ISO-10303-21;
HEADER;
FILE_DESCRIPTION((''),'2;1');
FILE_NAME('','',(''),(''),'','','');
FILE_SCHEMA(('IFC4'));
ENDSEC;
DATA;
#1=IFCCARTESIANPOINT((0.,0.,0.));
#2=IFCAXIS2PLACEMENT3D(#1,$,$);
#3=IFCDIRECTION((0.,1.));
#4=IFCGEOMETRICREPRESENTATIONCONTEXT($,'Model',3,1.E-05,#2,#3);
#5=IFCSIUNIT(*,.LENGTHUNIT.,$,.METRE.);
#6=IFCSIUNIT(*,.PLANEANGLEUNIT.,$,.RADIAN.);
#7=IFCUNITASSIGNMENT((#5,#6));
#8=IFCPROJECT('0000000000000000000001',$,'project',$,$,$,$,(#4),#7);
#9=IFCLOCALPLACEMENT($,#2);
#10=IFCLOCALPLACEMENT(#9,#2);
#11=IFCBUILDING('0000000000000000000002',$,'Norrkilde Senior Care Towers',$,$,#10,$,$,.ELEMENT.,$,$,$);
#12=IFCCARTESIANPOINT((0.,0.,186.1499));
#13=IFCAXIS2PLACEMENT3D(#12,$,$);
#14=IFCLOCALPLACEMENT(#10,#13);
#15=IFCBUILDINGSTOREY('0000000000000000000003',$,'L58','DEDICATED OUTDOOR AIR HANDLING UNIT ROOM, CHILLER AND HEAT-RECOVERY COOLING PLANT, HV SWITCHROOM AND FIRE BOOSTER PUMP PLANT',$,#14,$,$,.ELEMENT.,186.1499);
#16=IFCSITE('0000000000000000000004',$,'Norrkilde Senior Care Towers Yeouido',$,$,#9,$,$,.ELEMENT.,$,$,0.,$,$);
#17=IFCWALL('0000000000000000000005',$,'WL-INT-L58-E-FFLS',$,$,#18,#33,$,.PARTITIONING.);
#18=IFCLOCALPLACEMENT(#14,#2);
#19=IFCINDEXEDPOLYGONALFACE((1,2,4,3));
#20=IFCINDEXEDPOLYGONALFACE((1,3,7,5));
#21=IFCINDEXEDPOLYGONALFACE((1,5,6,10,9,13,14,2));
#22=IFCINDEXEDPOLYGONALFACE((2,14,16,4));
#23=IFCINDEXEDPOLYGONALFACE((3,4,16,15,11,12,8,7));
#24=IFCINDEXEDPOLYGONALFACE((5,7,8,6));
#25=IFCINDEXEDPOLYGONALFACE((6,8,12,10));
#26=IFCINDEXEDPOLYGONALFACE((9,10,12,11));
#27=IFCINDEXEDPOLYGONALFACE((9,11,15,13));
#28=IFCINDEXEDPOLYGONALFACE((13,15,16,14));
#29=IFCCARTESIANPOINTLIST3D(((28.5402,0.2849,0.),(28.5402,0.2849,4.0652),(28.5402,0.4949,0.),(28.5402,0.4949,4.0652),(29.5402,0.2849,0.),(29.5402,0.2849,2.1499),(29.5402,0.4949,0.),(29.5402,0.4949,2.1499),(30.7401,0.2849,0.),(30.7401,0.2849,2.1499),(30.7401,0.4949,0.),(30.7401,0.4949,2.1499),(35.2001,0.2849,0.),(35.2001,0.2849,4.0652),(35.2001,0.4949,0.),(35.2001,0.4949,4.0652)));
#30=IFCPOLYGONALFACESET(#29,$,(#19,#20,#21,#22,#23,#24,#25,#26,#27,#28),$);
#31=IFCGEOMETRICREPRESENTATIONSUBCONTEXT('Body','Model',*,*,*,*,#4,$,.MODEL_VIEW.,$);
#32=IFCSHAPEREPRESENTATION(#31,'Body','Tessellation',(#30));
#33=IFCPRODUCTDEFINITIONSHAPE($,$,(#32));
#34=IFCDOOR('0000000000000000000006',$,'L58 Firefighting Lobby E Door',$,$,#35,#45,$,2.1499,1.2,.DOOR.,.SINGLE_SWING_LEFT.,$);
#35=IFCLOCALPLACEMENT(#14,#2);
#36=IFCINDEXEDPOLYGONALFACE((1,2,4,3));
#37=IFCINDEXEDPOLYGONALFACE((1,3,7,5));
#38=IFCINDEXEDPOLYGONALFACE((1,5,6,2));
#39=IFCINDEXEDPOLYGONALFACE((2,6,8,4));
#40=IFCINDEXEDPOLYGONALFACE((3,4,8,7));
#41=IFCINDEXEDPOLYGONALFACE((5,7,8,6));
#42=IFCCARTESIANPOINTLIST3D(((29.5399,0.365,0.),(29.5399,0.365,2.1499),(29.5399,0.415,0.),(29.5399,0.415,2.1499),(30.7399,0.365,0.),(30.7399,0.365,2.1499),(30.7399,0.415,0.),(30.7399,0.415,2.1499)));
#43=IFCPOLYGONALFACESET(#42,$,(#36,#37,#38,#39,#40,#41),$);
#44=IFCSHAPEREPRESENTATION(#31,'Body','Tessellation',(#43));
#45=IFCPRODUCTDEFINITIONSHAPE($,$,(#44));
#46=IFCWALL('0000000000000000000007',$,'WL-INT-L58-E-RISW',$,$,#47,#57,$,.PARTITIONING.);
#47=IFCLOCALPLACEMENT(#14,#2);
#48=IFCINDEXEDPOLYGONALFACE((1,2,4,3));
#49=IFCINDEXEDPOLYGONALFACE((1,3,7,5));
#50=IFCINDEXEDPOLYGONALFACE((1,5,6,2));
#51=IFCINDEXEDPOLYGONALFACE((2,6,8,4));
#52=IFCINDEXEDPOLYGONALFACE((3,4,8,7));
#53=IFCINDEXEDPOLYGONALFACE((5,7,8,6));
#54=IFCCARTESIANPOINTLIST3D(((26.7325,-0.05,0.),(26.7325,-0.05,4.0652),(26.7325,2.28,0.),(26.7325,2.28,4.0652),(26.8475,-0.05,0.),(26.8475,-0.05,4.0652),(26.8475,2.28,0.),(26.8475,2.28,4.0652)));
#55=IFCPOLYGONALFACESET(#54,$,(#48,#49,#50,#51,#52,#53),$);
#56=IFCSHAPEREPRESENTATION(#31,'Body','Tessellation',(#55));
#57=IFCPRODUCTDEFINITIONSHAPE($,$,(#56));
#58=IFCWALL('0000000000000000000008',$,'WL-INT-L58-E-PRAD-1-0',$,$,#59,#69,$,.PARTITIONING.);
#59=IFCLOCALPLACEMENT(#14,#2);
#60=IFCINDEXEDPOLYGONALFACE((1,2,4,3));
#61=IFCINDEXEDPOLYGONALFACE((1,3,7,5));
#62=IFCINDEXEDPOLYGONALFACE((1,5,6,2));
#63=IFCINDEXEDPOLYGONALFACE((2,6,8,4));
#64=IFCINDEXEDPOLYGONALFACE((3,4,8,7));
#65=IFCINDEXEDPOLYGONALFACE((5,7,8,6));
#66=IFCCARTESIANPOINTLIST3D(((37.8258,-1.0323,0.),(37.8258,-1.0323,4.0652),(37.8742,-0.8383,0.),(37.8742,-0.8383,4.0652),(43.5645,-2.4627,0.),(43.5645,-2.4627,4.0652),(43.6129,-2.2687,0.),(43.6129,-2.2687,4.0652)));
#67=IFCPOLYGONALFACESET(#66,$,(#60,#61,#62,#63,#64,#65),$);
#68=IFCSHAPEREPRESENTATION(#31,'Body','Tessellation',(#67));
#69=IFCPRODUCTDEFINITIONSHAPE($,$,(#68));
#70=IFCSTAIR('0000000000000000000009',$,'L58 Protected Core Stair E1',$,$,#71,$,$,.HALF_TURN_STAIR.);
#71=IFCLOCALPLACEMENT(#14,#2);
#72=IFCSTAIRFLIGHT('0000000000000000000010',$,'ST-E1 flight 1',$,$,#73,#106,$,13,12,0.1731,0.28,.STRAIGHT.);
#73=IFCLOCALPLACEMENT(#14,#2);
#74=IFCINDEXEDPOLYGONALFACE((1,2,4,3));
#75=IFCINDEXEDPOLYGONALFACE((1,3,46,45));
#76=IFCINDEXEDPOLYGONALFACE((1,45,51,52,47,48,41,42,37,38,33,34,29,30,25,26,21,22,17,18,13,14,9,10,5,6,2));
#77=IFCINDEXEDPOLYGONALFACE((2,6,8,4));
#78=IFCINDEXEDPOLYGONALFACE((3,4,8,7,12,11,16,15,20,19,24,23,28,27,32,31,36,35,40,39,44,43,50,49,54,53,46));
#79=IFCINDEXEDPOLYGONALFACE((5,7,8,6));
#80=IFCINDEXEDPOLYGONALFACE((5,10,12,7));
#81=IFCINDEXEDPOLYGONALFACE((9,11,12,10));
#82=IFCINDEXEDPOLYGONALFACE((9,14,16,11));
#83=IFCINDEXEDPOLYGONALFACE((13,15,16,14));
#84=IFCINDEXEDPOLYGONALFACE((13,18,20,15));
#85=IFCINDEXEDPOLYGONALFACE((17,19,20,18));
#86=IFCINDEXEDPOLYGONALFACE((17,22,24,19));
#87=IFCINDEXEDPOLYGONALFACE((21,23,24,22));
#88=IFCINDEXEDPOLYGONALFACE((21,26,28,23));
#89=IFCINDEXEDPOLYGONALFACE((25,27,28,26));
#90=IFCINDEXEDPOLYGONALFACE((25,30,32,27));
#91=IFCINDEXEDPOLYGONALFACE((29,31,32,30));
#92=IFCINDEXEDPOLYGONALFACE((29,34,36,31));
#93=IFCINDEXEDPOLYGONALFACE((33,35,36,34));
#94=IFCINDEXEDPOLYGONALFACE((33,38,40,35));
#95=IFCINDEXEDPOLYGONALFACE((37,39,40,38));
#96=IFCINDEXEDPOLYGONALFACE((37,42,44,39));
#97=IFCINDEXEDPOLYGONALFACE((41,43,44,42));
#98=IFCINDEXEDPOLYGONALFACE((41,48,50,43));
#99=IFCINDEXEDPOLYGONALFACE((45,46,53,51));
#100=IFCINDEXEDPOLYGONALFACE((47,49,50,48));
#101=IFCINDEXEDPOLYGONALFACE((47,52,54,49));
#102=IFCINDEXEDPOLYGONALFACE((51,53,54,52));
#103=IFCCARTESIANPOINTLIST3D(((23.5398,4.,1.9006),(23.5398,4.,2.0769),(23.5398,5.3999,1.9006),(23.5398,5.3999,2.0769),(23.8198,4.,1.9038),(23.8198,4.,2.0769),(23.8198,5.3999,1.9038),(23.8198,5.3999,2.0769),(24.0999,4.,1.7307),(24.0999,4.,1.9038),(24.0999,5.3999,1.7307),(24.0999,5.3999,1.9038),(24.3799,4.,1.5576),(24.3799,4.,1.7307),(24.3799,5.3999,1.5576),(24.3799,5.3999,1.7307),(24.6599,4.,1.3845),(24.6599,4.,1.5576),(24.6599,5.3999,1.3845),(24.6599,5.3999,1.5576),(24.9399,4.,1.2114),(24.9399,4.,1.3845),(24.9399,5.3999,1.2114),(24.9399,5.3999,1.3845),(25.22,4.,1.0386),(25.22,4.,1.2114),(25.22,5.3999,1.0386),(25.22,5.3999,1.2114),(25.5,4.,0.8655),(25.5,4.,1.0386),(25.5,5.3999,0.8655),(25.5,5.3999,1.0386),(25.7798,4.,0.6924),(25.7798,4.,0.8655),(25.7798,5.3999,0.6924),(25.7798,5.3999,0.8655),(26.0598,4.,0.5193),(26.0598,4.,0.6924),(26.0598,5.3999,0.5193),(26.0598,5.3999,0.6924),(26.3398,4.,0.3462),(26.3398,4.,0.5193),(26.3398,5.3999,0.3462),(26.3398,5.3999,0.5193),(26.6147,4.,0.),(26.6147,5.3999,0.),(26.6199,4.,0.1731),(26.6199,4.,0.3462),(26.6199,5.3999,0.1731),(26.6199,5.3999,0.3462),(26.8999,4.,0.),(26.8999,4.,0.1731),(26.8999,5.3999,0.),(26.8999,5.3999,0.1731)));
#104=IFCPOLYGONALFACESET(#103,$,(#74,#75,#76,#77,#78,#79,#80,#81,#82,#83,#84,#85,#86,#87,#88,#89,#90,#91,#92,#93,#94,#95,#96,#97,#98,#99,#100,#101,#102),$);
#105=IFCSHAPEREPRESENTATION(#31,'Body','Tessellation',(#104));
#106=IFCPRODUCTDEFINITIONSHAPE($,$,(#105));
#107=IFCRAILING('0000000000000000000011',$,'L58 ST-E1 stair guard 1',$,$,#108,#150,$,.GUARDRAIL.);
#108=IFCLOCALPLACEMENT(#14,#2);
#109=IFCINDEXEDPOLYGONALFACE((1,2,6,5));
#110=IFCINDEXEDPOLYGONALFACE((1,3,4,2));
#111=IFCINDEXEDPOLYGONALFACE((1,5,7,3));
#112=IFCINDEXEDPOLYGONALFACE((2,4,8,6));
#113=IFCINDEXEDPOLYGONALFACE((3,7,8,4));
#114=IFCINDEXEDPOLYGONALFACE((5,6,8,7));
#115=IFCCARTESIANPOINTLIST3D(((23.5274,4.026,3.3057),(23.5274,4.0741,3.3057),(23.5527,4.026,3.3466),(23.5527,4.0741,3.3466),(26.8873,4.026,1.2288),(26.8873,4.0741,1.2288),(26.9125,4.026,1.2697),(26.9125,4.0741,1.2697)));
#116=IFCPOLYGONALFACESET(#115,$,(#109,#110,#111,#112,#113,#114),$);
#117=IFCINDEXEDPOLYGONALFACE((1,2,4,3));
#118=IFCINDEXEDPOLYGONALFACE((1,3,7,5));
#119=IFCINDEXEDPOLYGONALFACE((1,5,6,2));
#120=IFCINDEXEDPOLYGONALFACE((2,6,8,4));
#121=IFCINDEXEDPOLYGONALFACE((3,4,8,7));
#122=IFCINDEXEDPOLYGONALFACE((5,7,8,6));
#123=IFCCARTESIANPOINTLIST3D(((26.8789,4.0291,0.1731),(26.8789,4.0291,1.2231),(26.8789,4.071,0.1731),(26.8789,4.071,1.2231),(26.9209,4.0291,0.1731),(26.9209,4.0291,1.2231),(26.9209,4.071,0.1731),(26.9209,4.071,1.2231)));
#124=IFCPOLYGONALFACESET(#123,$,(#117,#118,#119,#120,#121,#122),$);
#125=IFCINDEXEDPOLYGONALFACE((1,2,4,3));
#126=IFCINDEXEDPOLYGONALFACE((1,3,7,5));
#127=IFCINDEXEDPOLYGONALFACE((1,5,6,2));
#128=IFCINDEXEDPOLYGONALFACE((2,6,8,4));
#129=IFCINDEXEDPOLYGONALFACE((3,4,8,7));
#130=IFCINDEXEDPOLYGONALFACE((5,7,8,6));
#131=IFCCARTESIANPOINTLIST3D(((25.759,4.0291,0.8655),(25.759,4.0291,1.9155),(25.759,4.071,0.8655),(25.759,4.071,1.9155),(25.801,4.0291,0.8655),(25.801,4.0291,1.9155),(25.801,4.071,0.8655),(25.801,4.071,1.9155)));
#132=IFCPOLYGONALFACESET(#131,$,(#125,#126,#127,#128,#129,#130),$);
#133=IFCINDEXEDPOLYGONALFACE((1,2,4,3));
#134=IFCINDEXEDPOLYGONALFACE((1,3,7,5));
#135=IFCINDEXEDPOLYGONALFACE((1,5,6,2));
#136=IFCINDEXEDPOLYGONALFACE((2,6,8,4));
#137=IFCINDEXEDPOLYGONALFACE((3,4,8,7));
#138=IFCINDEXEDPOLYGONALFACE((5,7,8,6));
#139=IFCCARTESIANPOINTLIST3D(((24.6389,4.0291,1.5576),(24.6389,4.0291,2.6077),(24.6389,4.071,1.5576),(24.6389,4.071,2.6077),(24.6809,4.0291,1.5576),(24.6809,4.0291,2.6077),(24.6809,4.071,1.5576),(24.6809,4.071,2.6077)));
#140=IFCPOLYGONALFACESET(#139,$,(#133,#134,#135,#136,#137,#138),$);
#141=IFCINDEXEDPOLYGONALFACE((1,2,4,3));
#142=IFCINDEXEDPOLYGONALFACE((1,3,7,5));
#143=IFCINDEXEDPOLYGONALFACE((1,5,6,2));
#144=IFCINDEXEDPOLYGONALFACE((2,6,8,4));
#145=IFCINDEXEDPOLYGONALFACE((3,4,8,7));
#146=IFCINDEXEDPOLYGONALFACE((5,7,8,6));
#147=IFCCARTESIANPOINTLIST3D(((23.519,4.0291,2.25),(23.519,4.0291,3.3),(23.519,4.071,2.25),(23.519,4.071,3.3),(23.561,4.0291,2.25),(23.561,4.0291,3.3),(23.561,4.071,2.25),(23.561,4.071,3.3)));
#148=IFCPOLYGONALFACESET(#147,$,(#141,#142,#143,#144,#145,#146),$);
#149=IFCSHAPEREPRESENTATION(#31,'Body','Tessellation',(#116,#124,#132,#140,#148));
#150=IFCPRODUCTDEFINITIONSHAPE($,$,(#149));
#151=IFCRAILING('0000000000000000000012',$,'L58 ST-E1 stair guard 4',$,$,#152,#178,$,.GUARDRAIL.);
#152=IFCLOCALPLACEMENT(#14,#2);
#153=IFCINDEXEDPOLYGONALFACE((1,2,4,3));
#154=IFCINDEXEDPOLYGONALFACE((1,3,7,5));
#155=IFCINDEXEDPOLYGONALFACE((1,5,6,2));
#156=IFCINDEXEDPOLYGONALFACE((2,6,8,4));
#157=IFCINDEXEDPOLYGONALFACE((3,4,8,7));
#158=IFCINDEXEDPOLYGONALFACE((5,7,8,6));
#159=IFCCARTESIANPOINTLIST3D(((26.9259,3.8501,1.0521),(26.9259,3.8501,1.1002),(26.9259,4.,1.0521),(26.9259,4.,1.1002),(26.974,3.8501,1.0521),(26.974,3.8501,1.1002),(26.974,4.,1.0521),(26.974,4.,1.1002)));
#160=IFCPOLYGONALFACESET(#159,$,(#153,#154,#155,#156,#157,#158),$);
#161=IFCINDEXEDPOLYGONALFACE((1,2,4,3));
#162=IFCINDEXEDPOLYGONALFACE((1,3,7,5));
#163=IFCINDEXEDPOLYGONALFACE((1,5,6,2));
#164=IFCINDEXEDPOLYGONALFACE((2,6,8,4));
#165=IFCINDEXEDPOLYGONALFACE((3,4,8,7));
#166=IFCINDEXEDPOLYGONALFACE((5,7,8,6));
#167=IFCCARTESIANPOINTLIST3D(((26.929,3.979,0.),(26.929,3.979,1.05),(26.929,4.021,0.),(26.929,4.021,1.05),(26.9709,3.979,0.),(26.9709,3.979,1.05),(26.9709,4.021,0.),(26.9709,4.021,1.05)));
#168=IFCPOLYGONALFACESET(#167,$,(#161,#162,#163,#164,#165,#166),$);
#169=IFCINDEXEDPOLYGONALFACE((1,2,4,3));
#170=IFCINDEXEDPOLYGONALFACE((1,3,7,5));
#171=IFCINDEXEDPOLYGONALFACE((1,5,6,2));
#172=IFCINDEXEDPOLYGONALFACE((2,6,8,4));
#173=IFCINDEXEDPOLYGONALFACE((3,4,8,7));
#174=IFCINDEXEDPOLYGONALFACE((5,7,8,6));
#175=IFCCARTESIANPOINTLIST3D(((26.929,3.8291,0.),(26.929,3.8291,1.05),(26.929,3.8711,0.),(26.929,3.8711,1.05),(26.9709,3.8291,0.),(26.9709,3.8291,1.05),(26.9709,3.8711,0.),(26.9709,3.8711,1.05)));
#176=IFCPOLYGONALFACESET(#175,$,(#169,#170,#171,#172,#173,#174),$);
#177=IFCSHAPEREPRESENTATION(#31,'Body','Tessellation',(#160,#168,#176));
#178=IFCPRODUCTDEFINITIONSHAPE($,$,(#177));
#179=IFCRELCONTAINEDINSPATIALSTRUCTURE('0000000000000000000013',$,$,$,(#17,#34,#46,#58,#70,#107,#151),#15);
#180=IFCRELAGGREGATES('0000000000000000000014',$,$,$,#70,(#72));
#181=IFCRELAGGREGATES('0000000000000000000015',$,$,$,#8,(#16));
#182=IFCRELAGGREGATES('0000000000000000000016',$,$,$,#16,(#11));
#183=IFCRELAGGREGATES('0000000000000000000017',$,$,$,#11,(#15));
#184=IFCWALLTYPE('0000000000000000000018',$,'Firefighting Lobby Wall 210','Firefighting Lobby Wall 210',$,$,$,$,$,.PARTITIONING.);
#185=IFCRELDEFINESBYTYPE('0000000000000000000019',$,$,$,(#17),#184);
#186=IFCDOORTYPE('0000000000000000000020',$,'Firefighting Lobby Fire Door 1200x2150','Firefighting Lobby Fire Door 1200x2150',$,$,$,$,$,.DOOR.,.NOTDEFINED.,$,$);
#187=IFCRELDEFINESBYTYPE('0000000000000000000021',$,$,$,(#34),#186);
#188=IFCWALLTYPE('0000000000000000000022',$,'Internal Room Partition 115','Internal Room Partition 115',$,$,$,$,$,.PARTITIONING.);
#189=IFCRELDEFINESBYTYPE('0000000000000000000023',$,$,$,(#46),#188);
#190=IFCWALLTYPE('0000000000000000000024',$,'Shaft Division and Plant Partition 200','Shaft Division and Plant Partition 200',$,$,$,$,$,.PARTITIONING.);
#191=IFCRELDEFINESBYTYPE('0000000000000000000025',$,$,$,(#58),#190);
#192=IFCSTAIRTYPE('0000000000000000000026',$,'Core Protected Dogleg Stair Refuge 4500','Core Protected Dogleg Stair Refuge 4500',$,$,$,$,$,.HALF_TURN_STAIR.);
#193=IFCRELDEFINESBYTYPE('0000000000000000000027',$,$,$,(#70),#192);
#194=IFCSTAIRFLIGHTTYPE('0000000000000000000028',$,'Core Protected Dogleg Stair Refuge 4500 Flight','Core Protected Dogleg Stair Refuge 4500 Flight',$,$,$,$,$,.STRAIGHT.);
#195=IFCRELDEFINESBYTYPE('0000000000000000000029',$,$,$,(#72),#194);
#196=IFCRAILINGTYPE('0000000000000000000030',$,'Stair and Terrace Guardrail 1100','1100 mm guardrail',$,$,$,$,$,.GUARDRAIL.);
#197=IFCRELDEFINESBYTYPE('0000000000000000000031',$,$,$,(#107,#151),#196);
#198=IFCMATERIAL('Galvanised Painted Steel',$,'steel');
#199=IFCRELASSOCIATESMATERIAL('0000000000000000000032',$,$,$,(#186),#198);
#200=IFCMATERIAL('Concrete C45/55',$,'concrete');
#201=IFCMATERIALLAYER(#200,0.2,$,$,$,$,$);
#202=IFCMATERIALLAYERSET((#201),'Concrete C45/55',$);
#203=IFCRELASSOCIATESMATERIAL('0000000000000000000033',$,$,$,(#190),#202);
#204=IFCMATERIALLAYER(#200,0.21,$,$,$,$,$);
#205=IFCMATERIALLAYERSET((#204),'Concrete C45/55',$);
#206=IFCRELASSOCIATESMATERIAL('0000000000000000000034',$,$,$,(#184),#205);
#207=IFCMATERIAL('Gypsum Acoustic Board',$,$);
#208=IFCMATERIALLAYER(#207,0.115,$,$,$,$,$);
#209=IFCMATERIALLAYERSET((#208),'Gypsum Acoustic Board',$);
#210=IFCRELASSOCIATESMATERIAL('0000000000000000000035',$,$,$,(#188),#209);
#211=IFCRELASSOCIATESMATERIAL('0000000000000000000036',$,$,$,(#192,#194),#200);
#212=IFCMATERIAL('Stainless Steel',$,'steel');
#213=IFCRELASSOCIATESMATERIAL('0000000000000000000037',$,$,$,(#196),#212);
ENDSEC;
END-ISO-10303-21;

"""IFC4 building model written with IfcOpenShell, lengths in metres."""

from ifc_helpers import new_model, si_unit, direction, frame, frame_2d, origin, origin_2d, place, context, subcontext, project, spatial, polyline, rectangle, outline, extrude, source, transform, mapped, material, layer, layer_set, type_object, type_shapes, element, fill, aggregate, save


model = new_model("IFC4")

# Units and contexts
model_context = context("Model", 3, precision=1e-05, world=origin(), true_north=direction((0.0, 1.0)))
body_context = subcontext(model_context, "Body", "Model", "MODEL_VIEW")
ifc_project = project(units=[si_unit("LENGTHUNIT", "METRE"), si_unit("PLANEANGLEUNIT", "RADIAN")], contexts=[model_context])

# Site, building, storey
site_placement = place(None, origin())
site = spatial("IfcSite", under=ifc_project, at=site_placement, Name="Norrkilde Senior Care Towers Yeouido", CompositionType="ELEMENT", RefElevation=0.0)
building_placement = place(site_placement, origin())
building = spatial("IfcBuilding", under=site, at=building_placement, Name="Norrkilde Senior Care Towers", CompositionType="ELEMENT")
storey_placement = place(building_placement, frame((0.0, 0.0, 186.1499)))
storey = spatial("IfcBuildingStorey", under=building, at=storey_placement, Name="L58", Description="DEDICATED OUTDOOR AIR HANDLING UNIT ROOM, CHILLER AND HEAT-RECOVERY COOLING PLANT, HV SWITCHROOM AND FIRE BOOSTER PUMP PLANT", CompositionType="ELEMENT", Elevation=186.1499)

# Shared definitions
ifc_material_1 = material(Name="Galvanised Painted Steel", Category="steel")
door_type_1 = type_object("IfcDoorType", Name="Firefighting Lobby Fire Door 1200x2150", Description="Firefighting Lobby Fire Door 1200x2150", OperationType="NOTDEFINED", PredefinedType="DOOR", material=ifc_material_1)
shared_shape_1 = source(origin(), body_context, "Body", "SweptSolid", [
    extrude(rectangle(XDim=1.2, YDim=2.1499, at=frame_2d((0.6001, 1.075))), frame((0.0, 0.0249, 0.0), z_axis=(0.0, -1.0, 0.0), x_axis=(1.0, 0.0, 0.0)), (0.0, 0.0, 1.0), 0.05),
])
type_shapes(door_type_1, [shared_shape_1])

# Shared definitions
ifc_material_2 = material(Name="Concrete C45/55", Category="concrete")

# Shared definitions
ifc_material_3 = material(Name="Stainless Steel", Category="steel")

# Shared definitions
ifc_layer_1 = layer(ifc_material_2, 0.2)
ifc_layer_set_1 = layer_set([ifc_layer_1], Name="Concrete C45/55")
wall_type_1 = type_object("IfcWallType", Name="Shaft Division and Plant Partition 200", Description="Shaft Division and Plant Partition 200", PredefinedType="PARTITIONING", material=ifc_layer_set_1)

# Wall, opening, door
ifc_layer_2 = layer(ifc_material_2, 0.21)
ifc_layer_set_2 = layer_set([ifc_layer_2], Name="Concrete C45/55")
wall_type_2 = type_object("IfcWallType", Name="Firefighting Lobby Wall 210", Description="Firefighting Lobby Wall 210", PredefinedType="PARTITIONING", material=ifc_layer_set_2)
shared_shape_2 = source(origin(), body_context, "Body", "SweptSolid", [
    extrude(rectangle(XDim=6.6599, YDim=0.21, at=frame_2d((3.3301, 0.0))), origin(), (0.0, 0.0, 1.0), 4.0652),
])
type_shapes(wall_type_2, [shared_shape_2])
wall_1_placement = place(storey_placement, frame((28.54, 0.3899, 0.0), z_axis=(0.0, 0.0, 1.0), x_axis=(1.0, 0.0, 0.0)))
wall_1 = element("IfcWall", 1, at=wall_1_placement, inside=storey, type_object=wall_type_2, Name="WL-INT-L58-E-FFLS", PredefinedType="PARTITIONING", context=body_context, shape_type="MappedRepresentation", body=[
    mapped(shared_shape_2, transform((0.0, 0.0, 0.0), x_axis=(1.0, 0.0, 0.0), y_axis=(0.0, 1.0, 0.0), z_axis=(0.0, 0.0, 1.0), scale=1.0)),
])
opening_1_placement = place(wall_1_placement, frame((1.0, 0.0, 0.0)))
opening_1 = element("IfcOpeningElement", 2, at=opening_1_placement, cuts=wall_1, PredefinedType="OPENING", context=body_context, shape_type="SweptSolid", body=[
    extrude(rectangle(XDim=1.2, YDim=2.1499, at=frame_2d((0.6001, 1.075))), frame((0.0, 0.115, 0.0), z_axis=(0.0, -1.0, 0.0), x_axis=(1.0, 0.0, 0.0)), (0.0, 0.0, 1.0), 0.23),
])
door_1_placement = place(opening_1_placement, frame((1.2, 0.0, 0.0), z_axis=(0.0, 0.0, 1.0), x_axis=(-1.0, 0.0, 0.0)))
door_1 = element("IfcDoor", 3, at=door_1_placement, inside=storey, type_object=door_type_1, Name="L58 Firefighting Lobby E Door", OperationType="SINGLE_SWING_LEFT", OverallHeight=2.1499, OverallWidth=1.2, PredefinedType="DOOR", context=body_context, shape_type="MappedRepresentation", body=[
    mapped(shared_shape_1, transform((0.0, 0.0, 0.0), x_axis=(1.0, 0.0, 0.0), y_axis=(0.0, 1.0, 0.0), z_axis=(0.0, 0.0, 1.0), scale=1.0)),
])
fill(opening_1, door_1)

# Walls
ifc_material_4 = material(Name="Gypsum Acoustic Board")
ifc_layer_3 = layer(ifc_material_4, 0.115)
ifc_layer_set_3 = layer_set([ifc_layer_3], Name="Gypsum Acoustic Board")
wall_type_3 = type_object("IfcWallType", Name="Internal Room Partition 115", Description="Internal Room Partition 115", PredefinedType="PARTITIONING", material=ifc_layer_set_3)
shared_shape_3 = source(origin(), body_context, "Body", "SweptSolid", [
    extrude(rectangle(XDim=2.3301, YDim=0.115, at=frame_2d((1.165, 0.0))), origin(), (0.0, 0.0, 1.0), 4.0652),
])
type_shapes(wall_type_3, [shared_shape_3])
wall_2_placement = place(storey_placement, frame((26.79, -0.05, 0.0), z_axis=(0.0, 0.0, 1.0), x_axis=(0.0, 1.0, 0.0)))
element("IfcWall", 4, at=wall_2_placement, inside=storey, type_object=wall_type_3, Name="WL-INT-L58-E-RISW", PredefinedType="PARTITIONING", context=body_context, shape_type="MappedRepresentation", body=[
    mapped(shared_shape_3, transform((0.0, 0.0, 0.0), x_axis=(1.0, 0.0, 0.0), y_axis=(0.0, 1.0, 0.0), z_axis=(0.0, 0.0, 1.0), scale=1.0)),
])
shared_shape_4 = source(origin(), body_context, "Body", "SweptSolid", [
    extrude(rectangle(XDim=5.9143, YDim=0.2, at=frame_2d((2.957, 0.0))), origin(), (0.0, 0.0, 1.0), 4.0652),
])
wall_3_placement = place(storey_placement, frame((37.8501, -0.9353, 0.0), z_axis=(0.0, 0.0, 1.0), x_axis=(0.970312, -0.241856, 0.0)))
element("IfcWall", 5, at=wall_3_placement, inside=storey, type_object=wall_type_1, Name="WL-INT-L58-E-PRAD-1-0", PredefinedType="PARTITIONING", context=body_context, shape_type="MappedRepresentation", body=[
    mapped(shared_shape_4, transform((0.0, 0.0, 0.0), x_axis=(1.0, 0.0, 0.0), y_axis=(0.0, 1.0, 0.0), z_axis=(0.0, 0.0, 1.0), scale=1.0)),
])

# Stair, stair flight
stair_type = type_object("IfcStairType", Name="Core Protected Dogleg Stair Refuge 4500", Description="Core Protected Dogleg Stair Refuge 4500", PredefinedType="HALF_TURN_STAIR", material=ifc_material_2)
stair_placement = place(storey_placement, origin())
stair = element("IfcStair", 6, at=stair_placement, inside=storey, type_object=stair_type, Name="L58 Protected Core Stair E1", PredefinedType="HALF_TURN_STAIR")
stair_flight_type = type_object("IfcStairFlightType", Name="Core Protected Dogleg Stair Refuge 4500 Flight", Description="Core Protected Dogleg Stair Refuge 4500 Flight", PredefinedType="STRAIGHT", material=ifc_material_2)
stair_flight_placement = place(storey_placement, frame((26.8999, 4.7, 0.0), z_axis=(0.0, 0.0, 1.0), x_axis=(-1.0, 0.0, 0.0)))
stair_flight = element("IfcStairFlight", 7, at=stair_flight_placement, type_object=stair_flight_type, Name="ST-E1 flight 1", NumberOfRisers=13, NumberOfTreads=12, PredefinedType="STRAIGHT", RiserHeight=0.1731, TreadLength=0.28, context=body_context, shape_type="SweptSolid", body=[
    extrude(outline(polyline([(0.0, 0.0), (0.0, 0.1731), (0.28, 0.1731), (0.28, 0.3462), (0.5601, 0.3462), (0.5601, 0.5193), (0.8401, 0.5193), (0.8401, 0.6924), (1.1201, 0.6924), (1.1201, 0.8655), (1.3999, 0.8655), (1.3999, 1.0386), (1.6799, 1.0386), (1.6799, 1.2114), (1.96, 1.2114), (1.96, 1.3845), (2.24, 1.3845), (2.24, 1.5576), (2.52, 1.5576), (2.52, 1.7307), (2.8, 1.7307), (2.8, 1.9038), (3.0801, 1.9038), (3.0801, 2.0769), (3.3601, 2.0769), (3.3601, 2.25), (3.3601, 1.9006), (0.2852, 0.0), (0.0, 0.0)])), frame((0.0, 0.7, 0.0), z_axis=(0.0, -1.0, 0.0), x_axis=(1.0, 0.0, 0.0)), (0.0, 0.0, 1.0), 1.3999),
])
aggregate(stair, [stair_flight])

# Railings
railing_type_1 = type_object("IfcRailingType", Name="Stair and Terrace Guardrail 1100", Description="1100 mm guardrail", PredefinedType="GUARDRAIL", material=ifc_material_3)
railing_1_placement = place(storey_placement, frame((26.8999, 4.05, 0.1731)))
element("IfcRailing", 8, at=railing_1_placement, inside=storey, type_object=railing_type_1, Name="L58 ST-E1 stair guard 1", PredefinedType="GUARDRAIL", context=body_context, shape_type="SweptSolid", body=[
    extrude(rectangle(XDim=0.0481, YDim=0.0481, at=origin_2d()), frame((0.0, 0.0, 1.0762), z_axis=(-0.850606, 0.0, 0.525803), x_axis=(0.0, -1.0, 0.0)), (0.0, 0.0, 1.0), 3.95),
    extrude(rectangle(XDim=0.042, YDim=0.042, at=origin_2d()), origin(), (0.0, 0.0, 1.0), 1.05),
    extrude(rectangle(XDim=0.042, YDim=0.042, at=origin_2d()), frame((-1.1199, 0.0, 0.6924)), (0.0, 0.0, 1.0), 1.05),
    extrude(rectangle(XDim=0.042, YDim=0.042, at=origin_2d()), frame((-2.24, 0.0, 1.3845)), (0.0, 0.0, 1.0), 1.05),
    extrude(rectangle(XDim=0.042, YDim=0.042, at=origin_2d()), frame((-3.3599, 0.0, 2.0769)), (0.0, 0.0, 1.0), 1.05),
])
railing_2_placement = place(storey_placement, frame((26.95, 4.0, 0.0)))
element("IfcRailing", 9, at=railing_2_placement, inside=storey, type_object=railing_type_1, Name="L58 ST-E1 stair guard 4", PredefinedType="GUARDRAIL", context=body_context, shape_type="SweptSolid", body=[
    extrude(rectangle(XDim=0.0481, YDim=0.0481, at=origin_2d()), frame((0.0, 0.0, 1.0762), z_axis=(0.0, -1.0, 0.0), x_axis=(1.0, 0.0, 0.0)), (0.0, 0.0, 1.0), 0.1499),
    extrude(rectangle(XDim=0.042, YDim=0.042, at=origin_2d()), origin(), (0.0, 0.0, 1.0), 1.05),
    extrude(rectangle(XDim=0.042, YDim=0.042, at=origin_2d()), frame((0.0, -0.1499, 0.0)), (0.0, 0.0, 1.0), 1.05),
])

save(model, "model.ifc")
